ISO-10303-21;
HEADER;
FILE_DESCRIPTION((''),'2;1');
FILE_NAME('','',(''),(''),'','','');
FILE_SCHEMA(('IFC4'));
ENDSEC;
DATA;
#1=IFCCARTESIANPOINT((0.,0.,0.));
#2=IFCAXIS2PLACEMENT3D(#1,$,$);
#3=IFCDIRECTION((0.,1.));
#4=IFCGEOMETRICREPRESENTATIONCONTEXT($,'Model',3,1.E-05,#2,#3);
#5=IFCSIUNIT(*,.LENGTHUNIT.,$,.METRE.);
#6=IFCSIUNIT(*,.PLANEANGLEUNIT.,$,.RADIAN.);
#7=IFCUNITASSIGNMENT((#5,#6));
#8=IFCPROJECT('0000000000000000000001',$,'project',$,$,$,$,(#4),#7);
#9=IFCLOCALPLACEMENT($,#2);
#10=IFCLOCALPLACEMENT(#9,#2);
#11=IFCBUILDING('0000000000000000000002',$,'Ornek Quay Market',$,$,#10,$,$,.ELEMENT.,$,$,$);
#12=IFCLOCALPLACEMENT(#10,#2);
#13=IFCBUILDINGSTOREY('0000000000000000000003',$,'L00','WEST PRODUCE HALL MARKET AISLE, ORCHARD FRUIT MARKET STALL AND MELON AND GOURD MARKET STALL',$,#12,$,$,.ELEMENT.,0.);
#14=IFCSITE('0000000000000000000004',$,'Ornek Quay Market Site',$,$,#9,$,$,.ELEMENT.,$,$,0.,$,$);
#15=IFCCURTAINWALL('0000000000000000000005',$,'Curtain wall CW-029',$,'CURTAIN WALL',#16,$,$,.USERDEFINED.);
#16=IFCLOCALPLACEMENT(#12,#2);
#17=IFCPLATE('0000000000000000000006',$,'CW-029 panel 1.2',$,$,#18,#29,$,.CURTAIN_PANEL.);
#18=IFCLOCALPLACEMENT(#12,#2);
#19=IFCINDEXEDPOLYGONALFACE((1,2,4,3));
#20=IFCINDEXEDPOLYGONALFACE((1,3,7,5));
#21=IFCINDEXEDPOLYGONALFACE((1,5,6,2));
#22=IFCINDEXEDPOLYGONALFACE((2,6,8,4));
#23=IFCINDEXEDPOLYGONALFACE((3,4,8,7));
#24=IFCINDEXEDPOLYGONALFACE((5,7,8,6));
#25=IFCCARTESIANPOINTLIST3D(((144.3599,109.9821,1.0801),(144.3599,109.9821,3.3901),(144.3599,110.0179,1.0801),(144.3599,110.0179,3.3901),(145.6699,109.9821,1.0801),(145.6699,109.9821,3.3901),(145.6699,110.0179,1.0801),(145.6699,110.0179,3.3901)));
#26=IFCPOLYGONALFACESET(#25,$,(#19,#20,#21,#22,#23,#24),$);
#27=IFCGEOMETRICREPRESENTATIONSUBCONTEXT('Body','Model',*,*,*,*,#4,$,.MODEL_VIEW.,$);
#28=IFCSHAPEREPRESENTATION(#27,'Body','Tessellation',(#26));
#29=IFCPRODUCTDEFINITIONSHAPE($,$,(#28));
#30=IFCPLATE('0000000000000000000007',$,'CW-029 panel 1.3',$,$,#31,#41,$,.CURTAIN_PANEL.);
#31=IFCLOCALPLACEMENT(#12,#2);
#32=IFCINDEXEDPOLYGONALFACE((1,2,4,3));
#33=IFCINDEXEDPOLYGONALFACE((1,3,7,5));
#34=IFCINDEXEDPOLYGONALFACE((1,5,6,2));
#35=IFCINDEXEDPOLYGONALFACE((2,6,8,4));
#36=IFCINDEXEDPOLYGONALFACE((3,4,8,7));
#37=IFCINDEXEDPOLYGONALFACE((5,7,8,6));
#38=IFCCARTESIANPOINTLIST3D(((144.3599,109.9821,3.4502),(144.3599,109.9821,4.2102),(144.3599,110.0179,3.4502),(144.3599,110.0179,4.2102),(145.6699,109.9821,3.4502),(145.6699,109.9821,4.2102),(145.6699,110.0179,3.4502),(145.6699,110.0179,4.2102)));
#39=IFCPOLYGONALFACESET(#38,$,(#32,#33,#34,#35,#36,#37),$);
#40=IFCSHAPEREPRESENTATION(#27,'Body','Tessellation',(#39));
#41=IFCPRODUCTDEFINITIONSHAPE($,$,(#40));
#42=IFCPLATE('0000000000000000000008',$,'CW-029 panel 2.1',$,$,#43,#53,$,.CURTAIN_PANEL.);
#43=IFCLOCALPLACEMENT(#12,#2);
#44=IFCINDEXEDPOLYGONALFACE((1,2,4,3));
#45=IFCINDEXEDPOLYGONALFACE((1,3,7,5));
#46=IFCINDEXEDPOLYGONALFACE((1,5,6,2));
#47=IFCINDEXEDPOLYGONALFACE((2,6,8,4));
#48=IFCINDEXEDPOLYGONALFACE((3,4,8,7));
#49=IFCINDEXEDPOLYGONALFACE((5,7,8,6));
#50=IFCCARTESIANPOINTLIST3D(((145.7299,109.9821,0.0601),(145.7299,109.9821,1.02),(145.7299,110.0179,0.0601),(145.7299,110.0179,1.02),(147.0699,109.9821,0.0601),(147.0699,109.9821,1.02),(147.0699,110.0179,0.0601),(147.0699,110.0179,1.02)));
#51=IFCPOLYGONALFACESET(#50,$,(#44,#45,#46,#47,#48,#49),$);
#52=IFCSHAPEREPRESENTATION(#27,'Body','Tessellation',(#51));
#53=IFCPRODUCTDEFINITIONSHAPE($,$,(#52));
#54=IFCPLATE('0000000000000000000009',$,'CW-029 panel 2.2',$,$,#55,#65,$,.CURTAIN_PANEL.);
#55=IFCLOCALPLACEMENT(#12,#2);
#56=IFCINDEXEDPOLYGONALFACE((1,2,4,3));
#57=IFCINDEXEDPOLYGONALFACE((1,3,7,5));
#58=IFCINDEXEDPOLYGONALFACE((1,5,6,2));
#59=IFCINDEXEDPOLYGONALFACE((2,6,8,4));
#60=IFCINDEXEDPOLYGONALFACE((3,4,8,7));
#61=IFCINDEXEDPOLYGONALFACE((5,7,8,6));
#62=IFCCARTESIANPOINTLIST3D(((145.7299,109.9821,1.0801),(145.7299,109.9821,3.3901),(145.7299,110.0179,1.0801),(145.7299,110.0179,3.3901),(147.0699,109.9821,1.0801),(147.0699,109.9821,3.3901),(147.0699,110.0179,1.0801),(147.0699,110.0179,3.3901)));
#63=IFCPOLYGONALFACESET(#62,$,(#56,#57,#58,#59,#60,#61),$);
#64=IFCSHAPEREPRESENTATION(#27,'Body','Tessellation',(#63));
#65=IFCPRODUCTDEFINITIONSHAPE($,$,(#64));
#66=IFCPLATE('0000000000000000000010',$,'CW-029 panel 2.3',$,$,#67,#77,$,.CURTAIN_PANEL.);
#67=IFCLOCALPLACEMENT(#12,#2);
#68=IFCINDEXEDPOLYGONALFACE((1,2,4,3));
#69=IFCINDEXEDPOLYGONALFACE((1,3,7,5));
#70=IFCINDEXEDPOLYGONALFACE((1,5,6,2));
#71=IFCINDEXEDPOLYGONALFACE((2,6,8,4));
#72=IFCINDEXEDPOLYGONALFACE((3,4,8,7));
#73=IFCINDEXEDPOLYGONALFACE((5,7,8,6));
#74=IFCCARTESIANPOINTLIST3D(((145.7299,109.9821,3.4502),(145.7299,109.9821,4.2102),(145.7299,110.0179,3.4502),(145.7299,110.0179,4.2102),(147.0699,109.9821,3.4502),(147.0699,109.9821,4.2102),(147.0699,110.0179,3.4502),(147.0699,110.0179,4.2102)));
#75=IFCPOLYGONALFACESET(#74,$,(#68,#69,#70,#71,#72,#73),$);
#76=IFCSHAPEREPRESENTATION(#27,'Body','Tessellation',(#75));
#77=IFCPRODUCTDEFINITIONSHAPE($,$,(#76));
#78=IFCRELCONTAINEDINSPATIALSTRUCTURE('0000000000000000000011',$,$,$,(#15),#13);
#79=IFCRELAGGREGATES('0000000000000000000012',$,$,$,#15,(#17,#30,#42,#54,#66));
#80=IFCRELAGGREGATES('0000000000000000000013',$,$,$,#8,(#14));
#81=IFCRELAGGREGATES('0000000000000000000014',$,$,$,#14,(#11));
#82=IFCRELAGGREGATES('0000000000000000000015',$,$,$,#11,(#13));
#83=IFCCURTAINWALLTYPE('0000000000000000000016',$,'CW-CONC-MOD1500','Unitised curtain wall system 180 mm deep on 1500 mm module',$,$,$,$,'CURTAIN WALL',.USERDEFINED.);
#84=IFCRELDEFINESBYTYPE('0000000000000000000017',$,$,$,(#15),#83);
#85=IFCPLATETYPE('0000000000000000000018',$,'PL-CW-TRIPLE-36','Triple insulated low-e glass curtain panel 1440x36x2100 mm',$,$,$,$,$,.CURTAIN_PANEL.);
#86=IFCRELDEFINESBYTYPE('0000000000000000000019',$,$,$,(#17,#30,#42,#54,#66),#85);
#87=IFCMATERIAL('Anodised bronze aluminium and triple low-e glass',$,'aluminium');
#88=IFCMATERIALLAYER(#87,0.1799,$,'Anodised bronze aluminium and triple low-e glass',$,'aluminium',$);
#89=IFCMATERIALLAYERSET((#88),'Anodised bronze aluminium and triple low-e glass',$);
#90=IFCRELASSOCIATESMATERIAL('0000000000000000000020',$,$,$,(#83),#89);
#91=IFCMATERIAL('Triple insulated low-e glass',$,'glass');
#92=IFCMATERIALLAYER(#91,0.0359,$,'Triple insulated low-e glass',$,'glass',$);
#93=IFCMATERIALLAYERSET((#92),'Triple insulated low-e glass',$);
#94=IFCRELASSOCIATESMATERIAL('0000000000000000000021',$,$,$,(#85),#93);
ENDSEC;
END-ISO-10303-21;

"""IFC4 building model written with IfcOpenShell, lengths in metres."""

from ifc_helpers import new_model, si_unit, direction, frame, origin, origin_2d, place, context, subcontext, project, spatial, rectangle, extrude, material, layer, layer_set, type_object, element, aggregate, save


model = new_model("IFC4")

# Units and contexts
model_context = context("Model", 3, precision=1e-05, world=origin(), true_north=direction((0.0, 1.0)))
body_context = subcontext(model_context, "Body", "Model", "MODEL_VIEW")
ifc_project = project(units=[si_unit("LENGTHUNIT", "METRE"), si_unit("PLANEANGLEUNIT", "RADIAN")], contexts=[model_context])

# Site, building, storey
site_placement = place(None, origin())
site = spatial("IfcSite", under=ifc_project, at=site_placement, Name="Ornek Quay Market Site", CompositionType="ELEMENT", RefElevation=0.0)
building_placement = place(site_placement, origin())
building = spatial("IfcBuilding", under=site, at=building_placement, Name="Ornek Quay Market", CompositionType="ELEMENT")
storey_placement = place(building_placement, origin())
storey = spatial("IfcBuildingStorey", under=building, at=storey_placement, Name="L00", Description="WEST PRODUCE HALL MARKET AISLE, ORCHARD FRUIT MARKET STALL AND MELON AND GOURD MARKET STALL", CompositionType="ELEMENT", Elevation=0.0)

# Curtain wall, plates
ifc_material_1 = material(Name="Anodised bronze aluminium and triple low-e glass", Category="aluminium")
ifc_layer_1 = layer(ifc_material_1, 0.1799, Name="Anodised bronze aluminium and triple low-e glass", Category="aluminium")
ifc_layer_set_1 = layer_set([ifc_layer_1], Name="Anodised bronze aluminium and triple low-e glass")
curtain_wall_type = type_object("IfcCurtainWallType", Name="CW-CONC-MOD1500", Description="Unitised curtain wall system 180 mm deep on 1500 mm module", ElementType="CURTAIN WALL", PredefinedType="USERDEFINED", material=ifc_layer_set_1)
curtain_wall_placement = place(storey_placement, origin())
curtain_wall = element("IfcCurtainWall", 1, at=curtain_wall_placement, inside=storey, type_object=curtain_wall_type, Name="Curtain wall CW-029", ObjectType="CURTAIN WALL", PredefinedType="USERDEFINED")
ifc_material_2 = material(Name="Triple insulated low-e glass", Category="glass")
ifc_layer_2 = layer(ifc_material_2, 0.0359, Name="Triple insulated low-e glass", Category="glass")
ifc_layer_set_2 = layer_set([ifc_layer_2], Name="Triple insulated low-e glass")
plate_type = type_object("IfcPlateType", Name="PL-CW-TRIPLE-36", Description="Triple insulated low-e glass curtain panel 1440x36x2100 mm", PredefinedType="CURTAIN_PANEL", material=ifc_layer_set_2)
plate_1_placement = place(storey_placement, frame((145.0149, 110.0, 1.0801), z_axis=(0.0, 0.0, 1.0), x_axis=(1.0, 0.0, 0.0)))
plate_1 = element("IfcPlate", 2, at=plate_1_placement, type_object=plate_type, Name="CW-029 panel 1.2", PredefinedType="CURTAIN_PANEL", context=body_context, shape_type="SweptSolid", body=[
    extrude(rectangle(XDim=1.3101, YDim=0.0359, at=origin_2d()), origin(), (0.0, 0.0, 1.0), 2.3101),
])
plate_2_placement = place(storey_placement, frame((145.0149, 110.0, 3.4502), z_axis=(0.0, 0.0, 1.0), x_axis=(1.0, 0.0, 0.0)))
plate_2 = element("IfcPlate", 3, at=plate_2_placement, type_object=plate_type, Name="CW-029 panel 1.3", PredefinedType="CURTAIN_PANEL", context=body_context, shape_type="SweptSolid", body=[
    extrude(rectangle(XDim=1.3101, YDim=0.0359, at=origin_2d()), origin(), (0.0, 0.0, 1.0), 0.76),
])
plate_3_placement = place(storey_placement, frame((146.3999, 110.0, 0.0601), z_axis=(0.0, 0.0, 1.0), x_axis=(1.0, 0.0, 0.0)))
plate_3 = element("IfcPlate", 4, at=plate_3_placement, type_object=plate_type, Name="CW-029 panel 2.1", PredefinedType="CURTAIN_PANEL", context=body_context, shape_type="SweptSolid", body=[
    extrude(rectangle(XDim=1.3401, YDim=0.0359, at=origin_2d()), origin(), (0.0, 0.0, 1.0), 0.96),
])
plate_4_placement = place(storey_placement, frame((146.3999, 110.0, 1.0801), z_axis=(0.0, 0.0, 1.0), x_axis=(1.0, 0.0, 0.0)))
plate_4 = element("IfcPlate", 5, at=plate_4_placement, type_object=plate_type, Name="CW-029 panel 2.2", PredefinedType="CURTAIN_PANEL", context=body_context, shape_type="SweptSolid", body=[
    extrude(rectangle(XDim=1.3401, YDim=0.0359, at=origin_2d()), origin(), (0.0, 0.0, 1.0), 2.3101),
])
plate_5_placement = place(storey_placement, frame((146.3999, 110.0, 3.4502), z_axis=(0.0, 0.0, 1.0), x_axis=(1.0, 0.0, 0.0)))
plate_5 = element("IfcPlate", 6, at=plate_5_placement, type_object=plate_type, Name="CW-029 panel 2.3", PredefinedType="CURTAIN_PANEL", context=body_context, shape_type="SweptSolid", body=[
    extrude(rectangle(XDim=1.3401, YDim=0.0359, at=origin_2d()), origin(), (0.0, 0.0, 1.0), 0.76),
])
aggregate(curtain_wall, [plate_1, plate_2, plate_3, plate_4, plate_5])

save(model, "model.ifc")
